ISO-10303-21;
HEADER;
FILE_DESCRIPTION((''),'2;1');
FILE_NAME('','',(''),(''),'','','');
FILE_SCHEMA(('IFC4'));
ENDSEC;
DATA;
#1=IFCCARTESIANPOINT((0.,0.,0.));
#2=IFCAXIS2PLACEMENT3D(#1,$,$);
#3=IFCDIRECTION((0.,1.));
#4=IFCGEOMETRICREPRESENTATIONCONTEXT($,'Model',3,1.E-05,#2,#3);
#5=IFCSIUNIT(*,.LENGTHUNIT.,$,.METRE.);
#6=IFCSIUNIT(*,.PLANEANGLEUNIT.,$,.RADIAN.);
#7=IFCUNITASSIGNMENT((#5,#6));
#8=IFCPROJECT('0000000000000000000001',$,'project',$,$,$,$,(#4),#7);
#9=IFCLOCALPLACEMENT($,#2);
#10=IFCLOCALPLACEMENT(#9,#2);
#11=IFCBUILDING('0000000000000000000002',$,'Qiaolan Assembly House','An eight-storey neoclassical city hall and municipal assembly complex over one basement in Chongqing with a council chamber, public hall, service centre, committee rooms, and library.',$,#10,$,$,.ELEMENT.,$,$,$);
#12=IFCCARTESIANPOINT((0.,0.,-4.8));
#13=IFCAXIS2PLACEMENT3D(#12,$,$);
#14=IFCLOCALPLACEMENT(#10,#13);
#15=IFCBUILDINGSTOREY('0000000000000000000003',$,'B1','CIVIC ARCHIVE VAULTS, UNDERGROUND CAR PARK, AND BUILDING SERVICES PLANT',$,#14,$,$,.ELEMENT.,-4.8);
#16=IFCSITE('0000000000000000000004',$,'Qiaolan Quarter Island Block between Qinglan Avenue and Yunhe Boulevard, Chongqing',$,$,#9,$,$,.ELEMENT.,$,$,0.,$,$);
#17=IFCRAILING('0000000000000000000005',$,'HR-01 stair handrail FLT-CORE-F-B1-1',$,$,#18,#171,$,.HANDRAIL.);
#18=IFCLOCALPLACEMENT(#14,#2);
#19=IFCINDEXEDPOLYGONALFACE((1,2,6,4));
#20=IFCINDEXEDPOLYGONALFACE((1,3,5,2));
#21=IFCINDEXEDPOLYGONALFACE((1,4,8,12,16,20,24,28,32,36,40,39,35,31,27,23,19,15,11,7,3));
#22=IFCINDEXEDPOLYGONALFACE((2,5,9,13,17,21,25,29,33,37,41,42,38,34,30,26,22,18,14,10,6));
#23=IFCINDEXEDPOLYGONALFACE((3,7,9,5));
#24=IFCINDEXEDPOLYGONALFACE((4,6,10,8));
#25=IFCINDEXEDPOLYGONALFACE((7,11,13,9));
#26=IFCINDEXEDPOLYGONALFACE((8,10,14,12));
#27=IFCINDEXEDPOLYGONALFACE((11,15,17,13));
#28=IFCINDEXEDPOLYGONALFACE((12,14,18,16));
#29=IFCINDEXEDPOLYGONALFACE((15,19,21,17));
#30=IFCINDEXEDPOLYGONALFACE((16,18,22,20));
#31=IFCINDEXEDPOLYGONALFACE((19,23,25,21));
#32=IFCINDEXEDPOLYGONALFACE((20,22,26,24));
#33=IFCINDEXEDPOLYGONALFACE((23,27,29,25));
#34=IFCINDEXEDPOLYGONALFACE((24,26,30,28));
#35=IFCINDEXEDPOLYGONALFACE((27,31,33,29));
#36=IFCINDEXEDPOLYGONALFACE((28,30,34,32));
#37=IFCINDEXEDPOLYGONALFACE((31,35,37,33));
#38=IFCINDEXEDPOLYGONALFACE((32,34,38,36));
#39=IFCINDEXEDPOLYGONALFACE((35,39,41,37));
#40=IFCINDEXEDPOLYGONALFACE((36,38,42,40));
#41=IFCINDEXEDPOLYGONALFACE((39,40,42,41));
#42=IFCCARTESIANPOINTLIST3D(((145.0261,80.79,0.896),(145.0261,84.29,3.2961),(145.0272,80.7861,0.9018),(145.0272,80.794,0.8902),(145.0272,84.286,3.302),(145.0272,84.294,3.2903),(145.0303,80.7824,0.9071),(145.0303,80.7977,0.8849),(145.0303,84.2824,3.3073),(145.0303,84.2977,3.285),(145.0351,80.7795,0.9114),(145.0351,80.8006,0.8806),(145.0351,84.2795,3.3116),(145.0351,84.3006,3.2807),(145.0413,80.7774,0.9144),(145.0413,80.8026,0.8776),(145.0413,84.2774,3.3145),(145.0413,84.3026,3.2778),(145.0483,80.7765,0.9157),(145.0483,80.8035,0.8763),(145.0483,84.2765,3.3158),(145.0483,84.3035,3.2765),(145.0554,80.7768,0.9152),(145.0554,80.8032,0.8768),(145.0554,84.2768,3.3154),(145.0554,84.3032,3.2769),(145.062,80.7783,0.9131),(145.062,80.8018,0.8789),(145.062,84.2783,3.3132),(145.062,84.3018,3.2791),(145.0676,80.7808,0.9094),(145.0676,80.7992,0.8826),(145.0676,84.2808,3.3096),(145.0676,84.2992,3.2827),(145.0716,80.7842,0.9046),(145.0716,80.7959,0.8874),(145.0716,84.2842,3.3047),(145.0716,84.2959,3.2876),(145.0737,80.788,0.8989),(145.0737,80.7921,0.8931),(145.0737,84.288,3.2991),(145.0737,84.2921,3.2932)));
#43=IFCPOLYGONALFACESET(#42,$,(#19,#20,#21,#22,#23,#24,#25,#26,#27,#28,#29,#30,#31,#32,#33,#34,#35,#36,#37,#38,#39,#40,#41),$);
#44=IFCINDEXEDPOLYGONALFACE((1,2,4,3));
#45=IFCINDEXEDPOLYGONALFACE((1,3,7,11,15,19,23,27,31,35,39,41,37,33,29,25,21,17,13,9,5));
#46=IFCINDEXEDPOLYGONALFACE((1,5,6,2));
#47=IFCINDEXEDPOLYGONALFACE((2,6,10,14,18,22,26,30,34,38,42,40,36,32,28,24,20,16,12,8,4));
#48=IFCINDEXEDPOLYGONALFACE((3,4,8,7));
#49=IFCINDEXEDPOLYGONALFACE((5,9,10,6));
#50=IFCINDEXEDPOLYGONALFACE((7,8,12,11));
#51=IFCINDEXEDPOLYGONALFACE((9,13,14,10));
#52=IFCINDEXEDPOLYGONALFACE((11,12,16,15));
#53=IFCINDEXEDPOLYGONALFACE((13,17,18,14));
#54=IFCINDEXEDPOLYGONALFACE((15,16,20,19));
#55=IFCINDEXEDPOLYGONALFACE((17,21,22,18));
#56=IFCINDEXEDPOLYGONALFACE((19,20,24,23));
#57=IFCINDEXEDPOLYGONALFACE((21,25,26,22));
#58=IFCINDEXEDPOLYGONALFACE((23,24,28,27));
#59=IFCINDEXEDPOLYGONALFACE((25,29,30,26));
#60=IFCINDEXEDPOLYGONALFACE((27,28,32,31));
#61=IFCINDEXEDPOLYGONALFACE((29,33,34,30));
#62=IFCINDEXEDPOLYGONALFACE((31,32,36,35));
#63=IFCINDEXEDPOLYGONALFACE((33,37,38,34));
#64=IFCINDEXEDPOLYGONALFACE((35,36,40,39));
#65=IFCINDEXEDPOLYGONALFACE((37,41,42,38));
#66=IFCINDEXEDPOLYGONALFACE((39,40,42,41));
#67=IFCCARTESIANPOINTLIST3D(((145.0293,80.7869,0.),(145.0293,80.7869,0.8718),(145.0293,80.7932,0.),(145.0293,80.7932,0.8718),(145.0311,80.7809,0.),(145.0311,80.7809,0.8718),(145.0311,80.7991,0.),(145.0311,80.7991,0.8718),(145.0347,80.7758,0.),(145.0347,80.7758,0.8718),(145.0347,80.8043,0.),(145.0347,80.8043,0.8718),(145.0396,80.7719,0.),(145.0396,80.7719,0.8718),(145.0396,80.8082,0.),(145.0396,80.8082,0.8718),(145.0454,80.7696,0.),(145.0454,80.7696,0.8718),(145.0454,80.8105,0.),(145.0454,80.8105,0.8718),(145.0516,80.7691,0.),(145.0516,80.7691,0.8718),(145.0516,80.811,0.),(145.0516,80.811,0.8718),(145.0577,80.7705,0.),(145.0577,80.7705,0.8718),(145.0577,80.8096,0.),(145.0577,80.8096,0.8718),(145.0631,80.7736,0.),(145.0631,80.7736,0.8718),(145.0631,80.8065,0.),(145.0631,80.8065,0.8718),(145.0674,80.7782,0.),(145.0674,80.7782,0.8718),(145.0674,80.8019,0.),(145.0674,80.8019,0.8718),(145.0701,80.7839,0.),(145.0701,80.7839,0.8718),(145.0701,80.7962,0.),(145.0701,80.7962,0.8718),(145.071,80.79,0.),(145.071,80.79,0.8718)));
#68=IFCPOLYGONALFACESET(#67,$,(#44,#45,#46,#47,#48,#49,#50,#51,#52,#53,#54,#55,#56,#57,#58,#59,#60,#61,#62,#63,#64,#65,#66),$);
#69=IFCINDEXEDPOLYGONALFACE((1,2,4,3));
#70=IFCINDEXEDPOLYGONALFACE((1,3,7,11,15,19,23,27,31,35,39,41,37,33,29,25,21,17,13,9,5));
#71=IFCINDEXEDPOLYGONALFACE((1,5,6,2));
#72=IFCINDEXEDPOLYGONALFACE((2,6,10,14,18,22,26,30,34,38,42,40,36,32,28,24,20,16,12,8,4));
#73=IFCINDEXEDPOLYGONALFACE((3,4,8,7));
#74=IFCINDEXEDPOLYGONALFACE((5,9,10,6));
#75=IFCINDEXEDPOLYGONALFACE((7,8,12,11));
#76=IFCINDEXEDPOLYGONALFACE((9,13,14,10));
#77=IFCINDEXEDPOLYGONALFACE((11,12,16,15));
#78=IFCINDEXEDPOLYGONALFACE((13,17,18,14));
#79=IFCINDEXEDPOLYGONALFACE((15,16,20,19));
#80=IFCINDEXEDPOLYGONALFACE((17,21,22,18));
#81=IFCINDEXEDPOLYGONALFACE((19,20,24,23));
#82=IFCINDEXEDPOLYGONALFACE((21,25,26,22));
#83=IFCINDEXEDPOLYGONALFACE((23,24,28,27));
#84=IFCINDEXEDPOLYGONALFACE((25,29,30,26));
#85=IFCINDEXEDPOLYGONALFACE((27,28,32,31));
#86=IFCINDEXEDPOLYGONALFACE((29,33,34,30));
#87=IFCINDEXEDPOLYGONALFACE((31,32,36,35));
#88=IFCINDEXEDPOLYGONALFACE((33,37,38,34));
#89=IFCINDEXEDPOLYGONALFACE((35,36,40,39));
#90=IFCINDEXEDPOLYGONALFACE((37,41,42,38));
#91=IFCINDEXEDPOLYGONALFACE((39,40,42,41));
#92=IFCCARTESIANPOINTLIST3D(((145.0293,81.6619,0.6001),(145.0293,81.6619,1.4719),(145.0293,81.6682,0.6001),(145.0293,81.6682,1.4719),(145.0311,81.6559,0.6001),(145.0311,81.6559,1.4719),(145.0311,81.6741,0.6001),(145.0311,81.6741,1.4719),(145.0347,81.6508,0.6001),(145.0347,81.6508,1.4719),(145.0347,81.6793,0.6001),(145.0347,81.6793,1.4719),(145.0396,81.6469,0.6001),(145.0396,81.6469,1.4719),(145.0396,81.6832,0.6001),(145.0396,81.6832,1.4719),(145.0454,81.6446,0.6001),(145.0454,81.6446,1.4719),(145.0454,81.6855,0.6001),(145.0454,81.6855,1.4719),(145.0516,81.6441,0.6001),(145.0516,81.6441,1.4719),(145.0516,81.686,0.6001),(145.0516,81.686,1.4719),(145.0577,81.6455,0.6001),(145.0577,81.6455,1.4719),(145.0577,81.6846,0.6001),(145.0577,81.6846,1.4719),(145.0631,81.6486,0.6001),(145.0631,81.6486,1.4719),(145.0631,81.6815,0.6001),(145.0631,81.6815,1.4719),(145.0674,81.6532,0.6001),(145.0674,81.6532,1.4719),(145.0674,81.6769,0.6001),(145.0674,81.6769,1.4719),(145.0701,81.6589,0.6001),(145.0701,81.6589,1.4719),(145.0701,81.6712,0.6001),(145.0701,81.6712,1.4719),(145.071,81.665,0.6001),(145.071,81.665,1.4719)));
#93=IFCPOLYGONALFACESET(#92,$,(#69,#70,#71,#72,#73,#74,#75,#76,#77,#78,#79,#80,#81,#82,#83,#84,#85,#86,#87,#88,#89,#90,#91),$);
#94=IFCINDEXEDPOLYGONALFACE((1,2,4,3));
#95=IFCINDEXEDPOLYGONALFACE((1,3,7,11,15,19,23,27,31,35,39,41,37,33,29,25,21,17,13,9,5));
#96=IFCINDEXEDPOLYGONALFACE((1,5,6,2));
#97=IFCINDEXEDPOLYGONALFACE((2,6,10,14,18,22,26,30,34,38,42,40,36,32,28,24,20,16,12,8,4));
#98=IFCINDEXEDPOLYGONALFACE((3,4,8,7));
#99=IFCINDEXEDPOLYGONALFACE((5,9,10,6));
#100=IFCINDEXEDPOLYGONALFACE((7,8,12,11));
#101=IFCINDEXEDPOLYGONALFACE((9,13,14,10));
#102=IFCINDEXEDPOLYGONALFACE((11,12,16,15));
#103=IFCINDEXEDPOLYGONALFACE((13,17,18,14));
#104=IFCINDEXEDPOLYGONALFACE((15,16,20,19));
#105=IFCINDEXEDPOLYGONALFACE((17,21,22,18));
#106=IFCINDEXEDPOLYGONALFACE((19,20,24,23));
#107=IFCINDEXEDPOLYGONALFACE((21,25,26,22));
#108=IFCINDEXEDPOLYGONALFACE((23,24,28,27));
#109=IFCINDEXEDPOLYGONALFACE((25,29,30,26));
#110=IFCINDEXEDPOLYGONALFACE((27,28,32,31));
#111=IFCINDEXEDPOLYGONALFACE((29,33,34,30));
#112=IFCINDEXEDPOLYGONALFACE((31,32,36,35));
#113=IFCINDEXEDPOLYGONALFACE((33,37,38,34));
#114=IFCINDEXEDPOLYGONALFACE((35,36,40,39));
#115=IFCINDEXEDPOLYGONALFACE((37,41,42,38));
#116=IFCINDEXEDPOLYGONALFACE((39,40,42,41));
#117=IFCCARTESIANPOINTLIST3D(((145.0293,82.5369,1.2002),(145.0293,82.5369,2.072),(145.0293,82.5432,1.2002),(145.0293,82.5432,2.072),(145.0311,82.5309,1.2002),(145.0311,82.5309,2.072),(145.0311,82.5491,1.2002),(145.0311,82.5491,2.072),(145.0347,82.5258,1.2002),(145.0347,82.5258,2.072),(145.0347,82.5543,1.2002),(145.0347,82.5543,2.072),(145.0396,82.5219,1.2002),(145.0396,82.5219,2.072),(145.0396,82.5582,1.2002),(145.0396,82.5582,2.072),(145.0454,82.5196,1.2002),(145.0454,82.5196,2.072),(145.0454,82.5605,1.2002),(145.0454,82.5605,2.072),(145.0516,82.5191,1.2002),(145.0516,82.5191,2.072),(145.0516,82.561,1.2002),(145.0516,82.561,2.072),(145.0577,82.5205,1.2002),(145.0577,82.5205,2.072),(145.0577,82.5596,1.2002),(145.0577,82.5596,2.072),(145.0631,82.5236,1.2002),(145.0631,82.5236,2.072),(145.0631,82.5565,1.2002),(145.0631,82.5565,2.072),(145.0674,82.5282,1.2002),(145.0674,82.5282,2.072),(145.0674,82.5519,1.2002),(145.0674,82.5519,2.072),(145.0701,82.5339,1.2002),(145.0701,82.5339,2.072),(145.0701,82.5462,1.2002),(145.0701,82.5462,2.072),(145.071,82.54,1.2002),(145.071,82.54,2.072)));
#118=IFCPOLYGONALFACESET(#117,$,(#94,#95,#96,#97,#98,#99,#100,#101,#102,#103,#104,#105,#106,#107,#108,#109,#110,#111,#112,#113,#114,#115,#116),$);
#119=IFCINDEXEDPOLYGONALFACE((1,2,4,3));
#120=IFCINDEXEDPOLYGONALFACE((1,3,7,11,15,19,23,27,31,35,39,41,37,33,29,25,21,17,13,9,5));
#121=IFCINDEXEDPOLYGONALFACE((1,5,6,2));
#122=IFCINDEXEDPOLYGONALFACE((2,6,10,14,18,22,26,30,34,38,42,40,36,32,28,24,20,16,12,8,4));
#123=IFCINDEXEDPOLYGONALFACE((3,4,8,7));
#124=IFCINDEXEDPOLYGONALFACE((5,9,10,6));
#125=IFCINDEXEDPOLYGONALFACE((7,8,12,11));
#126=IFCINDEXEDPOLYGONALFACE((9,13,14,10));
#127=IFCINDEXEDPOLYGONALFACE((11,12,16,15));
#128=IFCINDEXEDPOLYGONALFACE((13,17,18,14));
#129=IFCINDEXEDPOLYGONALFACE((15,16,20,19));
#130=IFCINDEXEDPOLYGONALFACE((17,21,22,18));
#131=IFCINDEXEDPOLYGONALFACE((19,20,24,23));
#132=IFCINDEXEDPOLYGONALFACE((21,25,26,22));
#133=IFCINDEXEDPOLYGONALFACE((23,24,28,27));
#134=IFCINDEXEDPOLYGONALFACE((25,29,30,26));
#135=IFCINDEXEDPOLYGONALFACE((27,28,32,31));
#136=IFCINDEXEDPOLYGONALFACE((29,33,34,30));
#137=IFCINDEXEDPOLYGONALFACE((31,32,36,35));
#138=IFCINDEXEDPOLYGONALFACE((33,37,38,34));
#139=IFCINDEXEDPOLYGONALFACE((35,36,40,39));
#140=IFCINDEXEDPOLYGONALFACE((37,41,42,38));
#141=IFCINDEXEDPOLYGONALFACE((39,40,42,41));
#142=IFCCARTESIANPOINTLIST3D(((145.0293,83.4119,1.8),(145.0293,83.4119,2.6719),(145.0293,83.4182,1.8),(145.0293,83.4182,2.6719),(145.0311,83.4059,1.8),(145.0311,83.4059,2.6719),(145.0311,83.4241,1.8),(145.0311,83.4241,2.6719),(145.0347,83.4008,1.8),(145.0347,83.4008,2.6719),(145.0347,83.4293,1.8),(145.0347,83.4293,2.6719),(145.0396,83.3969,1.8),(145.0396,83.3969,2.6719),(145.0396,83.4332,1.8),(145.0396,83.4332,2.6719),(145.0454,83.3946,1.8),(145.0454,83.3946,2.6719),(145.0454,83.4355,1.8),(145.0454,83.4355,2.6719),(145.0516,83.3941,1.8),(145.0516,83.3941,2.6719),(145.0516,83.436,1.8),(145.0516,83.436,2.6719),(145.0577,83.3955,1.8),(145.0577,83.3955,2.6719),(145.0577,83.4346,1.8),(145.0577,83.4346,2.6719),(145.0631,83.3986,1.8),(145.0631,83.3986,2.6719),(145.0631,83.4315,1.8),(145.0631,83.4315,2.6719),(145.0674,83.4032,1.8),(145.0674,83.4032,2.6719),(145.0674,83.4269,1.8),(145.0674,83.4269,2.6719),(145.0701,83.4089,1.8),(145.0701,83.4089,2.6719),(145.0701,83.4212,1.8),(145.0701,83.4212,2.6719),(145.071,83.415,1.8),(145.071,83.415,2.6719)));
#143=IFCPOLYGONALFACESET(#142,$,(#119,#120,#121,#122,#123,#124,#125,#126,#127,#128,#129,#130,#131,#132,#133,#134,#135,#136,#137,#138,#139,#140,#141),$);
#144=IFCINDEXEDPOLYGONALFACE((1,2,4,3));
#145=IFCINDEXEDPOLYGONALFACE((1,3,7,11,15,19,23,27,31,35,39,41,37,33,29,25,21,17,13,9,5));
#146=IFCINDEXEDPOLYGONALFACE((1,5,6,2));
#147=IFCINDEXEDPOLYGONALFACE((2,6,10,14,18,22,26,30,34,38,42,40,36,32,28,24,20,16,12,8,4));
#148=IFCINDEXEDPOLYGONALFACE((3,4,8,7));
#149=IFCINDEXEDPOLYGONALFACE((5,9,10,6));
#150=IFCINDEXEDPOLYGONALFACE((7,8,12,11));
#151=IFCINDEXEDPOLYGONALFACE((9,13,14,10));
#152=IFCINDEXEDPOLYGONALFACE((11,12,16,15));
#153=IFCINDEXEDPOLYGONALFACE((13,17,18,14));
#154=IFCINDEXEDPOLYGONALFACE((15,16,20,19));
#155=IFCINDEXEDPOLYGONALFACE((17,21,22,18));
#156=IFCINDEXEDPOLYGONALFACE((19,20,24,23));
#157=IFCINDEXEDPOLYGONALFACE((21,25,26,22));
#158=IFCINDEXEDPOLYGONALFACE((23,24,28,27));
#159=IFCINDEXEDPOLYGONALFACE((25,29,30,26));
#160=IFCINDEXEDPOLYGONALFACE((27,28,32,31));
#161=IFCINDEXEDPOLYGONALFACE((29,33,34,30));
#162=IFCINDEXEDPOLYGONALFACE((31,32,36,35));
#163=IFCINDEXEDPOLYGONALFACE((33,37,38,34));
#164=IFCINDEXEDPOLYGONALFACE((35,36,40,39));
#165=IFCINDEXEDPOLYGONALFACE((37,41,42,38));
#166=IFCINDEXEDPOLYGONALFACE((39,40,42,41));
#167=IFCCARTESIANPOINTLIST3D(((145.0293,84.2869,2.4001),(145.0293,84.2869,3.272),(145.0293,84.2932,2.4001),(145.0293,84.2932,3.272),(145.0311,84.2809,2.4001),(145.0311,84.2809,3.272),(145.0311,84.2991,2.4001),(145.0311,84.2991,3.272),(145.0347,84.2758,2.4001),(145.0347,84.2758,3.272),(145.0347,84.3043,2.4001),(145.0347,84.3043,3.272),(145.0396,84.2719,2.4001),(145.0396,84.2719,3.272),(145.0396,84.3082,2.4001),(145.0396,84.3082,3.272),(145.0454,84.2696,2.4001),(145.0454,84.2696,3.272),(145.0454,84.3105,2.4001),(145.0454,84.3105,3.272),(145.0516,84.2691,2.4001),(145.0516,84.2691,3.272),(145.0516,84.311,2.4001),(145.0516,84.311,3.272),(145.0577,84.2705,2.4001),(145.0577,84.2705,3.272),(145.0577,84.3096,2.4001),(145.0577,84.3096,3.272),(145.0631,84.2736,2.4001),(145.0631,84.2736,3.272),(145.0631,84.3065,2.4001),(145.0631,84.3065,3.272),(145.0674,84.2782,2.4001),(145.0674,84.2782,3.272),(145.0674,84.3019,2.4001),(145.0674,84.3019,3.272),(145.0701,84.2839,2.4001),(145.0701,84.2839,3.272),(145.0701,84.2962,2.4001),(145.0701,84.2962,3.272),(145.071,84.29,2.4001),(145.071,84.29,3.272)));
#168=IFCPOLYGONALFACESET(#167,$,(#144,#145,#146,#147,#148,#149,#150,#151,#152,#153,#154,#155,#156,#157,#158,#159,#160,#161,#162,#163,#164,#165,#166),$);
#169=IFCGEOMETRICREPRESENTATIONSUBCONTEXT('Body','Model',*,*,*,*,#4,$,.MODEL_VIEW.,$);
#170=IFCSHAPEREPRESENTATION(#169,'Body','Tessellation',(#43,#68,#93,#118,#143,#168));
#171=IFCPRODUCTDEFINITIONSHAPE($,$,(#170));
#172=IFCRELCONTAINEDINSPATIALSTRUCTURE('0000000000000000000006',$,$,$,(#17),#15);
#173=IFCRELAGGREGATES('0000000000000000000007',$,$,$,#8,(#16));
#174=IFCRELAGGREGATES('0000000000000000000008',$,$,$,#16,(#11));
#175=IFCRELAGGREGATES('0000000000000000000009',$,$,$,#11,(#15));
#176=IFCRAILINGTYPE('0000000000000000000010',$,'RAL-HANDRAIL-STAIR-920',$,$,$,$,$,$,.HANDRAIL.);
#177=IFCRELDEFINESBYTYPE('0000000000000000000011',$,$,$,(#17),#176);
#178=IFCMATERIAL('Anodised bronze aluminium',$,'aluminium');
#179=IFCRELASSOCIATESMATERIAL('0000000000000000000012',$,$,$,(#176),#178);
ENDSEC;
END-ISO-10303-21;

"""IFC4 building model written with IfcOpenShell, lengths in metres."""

from ifc_helpers import new_model, si_unit, direction, frame, origin, origin_2d, place, context, subcontext, project, spatial, circle, extrude, material, type_object, element, save


model = new_model("IFC4")

# Units and contexts
model_context = context("Model", 3, precision=1e-05, world=origin(), true_north=direction((0.0, 1.0)))
body_context = subcontext(model_context, "Body", "Model", "MODEL_VIEW")
ifc_project = project(units=[si_unit("LENGTHUNIT", "METRE"), si_unit("PLANEANGLEUNIT", "RADIAN")], contexts=[model_context])

# Site, building, storey
site_placement = place(None, origin())
site = spatial("IfcSite", under=ifc_project, at=site_placement, Name="Qiaolan Quarter Island Block between Qinglan Avenue and Yunhe Boulevard, Chongqing", CompositionType="ELEMENT", RefElevation=0.0)
building_placement = place(site_placement, origin())
building = spatial("IfcBuilding", under=site, at=building_placement, Name="Qiaolan Assembly House", Description="An eight-storey neoclassical city hall and municipal assembly complex over one basement in Chongqing with a council chamber, public hall, service centre, committee rooms, and library.", CompositionType="ELEMENT")
storey_placement = place(building_placement, frame((0.0, 0.0, -4.8)))
storey = spatial("IfcBuildingStorey", under=building, at=storey_placement, Name="B1", Description="CIVIC ARCHIVE VAULTS, UNDERGROUND CAR PARK, AND BUILDING SERVICES PLANT", CompositionType="ELEMENT", Elevation=-4.8)

# Railing
ifc_material_1 = material(Name="Anodised bronze aluminium", Category="aluminium")
railing_type = type_object("IfcRailingType", Name="RAL-HANDRAIL-STAIR-920", PredefinedType="HANDRAIL", material=ifc_material_1)
railing_placement = place(storey_placement, frame((145.05, 80.79, 0.0)))
element("IfcRailing", 1, at=railing_placement, inside=storey, type_object=railing_type, Name="HR-01 stair handrail FLT-CORE-F-B1-1", PredefinedType="HANDRAIL", context=body_context, shape_type="SweptSolid", body=[
    extrude(circle(Radius=0.0239, at=origin_2d()), frame((0.0, 0.0, 0.896), z_axis=(0.0, 0.824713, 0.565552), x_axis=(-1.0, 0.0, 0.0)), (0.0, 0.0, 1.0), 4.2439),
    extrude(circle(Radius=0.021, at=origin_2d()), origin(), (0.0, 0.0, 1.0), 0.8718),
    extrude(circle(Radius=0.021, at=origin_2d()), frame((0.0, 0.875, 0.6001)), (0.0, 0.0, 1.0), 0.8718),
    extrude(circle(Radius=0.021, at=origin_2d()), frame((0.0, 1.75, 1.2002)), (0.0, 0.0, 1.0), 0.8718),
    extrude(circle(Radius=0.021, at=origin_2d()), frame((0.0, 2.625, 1.8)), (0.0, 0.0, 1.0), 0.8718),
    extrude(circle(Radius=0.021, at=origin_2d()), frame((0.0, 3.5, 2.4001)), (0.0, 0.0, 1.0), 0.8718),
])

save(model, "model.ifc")
